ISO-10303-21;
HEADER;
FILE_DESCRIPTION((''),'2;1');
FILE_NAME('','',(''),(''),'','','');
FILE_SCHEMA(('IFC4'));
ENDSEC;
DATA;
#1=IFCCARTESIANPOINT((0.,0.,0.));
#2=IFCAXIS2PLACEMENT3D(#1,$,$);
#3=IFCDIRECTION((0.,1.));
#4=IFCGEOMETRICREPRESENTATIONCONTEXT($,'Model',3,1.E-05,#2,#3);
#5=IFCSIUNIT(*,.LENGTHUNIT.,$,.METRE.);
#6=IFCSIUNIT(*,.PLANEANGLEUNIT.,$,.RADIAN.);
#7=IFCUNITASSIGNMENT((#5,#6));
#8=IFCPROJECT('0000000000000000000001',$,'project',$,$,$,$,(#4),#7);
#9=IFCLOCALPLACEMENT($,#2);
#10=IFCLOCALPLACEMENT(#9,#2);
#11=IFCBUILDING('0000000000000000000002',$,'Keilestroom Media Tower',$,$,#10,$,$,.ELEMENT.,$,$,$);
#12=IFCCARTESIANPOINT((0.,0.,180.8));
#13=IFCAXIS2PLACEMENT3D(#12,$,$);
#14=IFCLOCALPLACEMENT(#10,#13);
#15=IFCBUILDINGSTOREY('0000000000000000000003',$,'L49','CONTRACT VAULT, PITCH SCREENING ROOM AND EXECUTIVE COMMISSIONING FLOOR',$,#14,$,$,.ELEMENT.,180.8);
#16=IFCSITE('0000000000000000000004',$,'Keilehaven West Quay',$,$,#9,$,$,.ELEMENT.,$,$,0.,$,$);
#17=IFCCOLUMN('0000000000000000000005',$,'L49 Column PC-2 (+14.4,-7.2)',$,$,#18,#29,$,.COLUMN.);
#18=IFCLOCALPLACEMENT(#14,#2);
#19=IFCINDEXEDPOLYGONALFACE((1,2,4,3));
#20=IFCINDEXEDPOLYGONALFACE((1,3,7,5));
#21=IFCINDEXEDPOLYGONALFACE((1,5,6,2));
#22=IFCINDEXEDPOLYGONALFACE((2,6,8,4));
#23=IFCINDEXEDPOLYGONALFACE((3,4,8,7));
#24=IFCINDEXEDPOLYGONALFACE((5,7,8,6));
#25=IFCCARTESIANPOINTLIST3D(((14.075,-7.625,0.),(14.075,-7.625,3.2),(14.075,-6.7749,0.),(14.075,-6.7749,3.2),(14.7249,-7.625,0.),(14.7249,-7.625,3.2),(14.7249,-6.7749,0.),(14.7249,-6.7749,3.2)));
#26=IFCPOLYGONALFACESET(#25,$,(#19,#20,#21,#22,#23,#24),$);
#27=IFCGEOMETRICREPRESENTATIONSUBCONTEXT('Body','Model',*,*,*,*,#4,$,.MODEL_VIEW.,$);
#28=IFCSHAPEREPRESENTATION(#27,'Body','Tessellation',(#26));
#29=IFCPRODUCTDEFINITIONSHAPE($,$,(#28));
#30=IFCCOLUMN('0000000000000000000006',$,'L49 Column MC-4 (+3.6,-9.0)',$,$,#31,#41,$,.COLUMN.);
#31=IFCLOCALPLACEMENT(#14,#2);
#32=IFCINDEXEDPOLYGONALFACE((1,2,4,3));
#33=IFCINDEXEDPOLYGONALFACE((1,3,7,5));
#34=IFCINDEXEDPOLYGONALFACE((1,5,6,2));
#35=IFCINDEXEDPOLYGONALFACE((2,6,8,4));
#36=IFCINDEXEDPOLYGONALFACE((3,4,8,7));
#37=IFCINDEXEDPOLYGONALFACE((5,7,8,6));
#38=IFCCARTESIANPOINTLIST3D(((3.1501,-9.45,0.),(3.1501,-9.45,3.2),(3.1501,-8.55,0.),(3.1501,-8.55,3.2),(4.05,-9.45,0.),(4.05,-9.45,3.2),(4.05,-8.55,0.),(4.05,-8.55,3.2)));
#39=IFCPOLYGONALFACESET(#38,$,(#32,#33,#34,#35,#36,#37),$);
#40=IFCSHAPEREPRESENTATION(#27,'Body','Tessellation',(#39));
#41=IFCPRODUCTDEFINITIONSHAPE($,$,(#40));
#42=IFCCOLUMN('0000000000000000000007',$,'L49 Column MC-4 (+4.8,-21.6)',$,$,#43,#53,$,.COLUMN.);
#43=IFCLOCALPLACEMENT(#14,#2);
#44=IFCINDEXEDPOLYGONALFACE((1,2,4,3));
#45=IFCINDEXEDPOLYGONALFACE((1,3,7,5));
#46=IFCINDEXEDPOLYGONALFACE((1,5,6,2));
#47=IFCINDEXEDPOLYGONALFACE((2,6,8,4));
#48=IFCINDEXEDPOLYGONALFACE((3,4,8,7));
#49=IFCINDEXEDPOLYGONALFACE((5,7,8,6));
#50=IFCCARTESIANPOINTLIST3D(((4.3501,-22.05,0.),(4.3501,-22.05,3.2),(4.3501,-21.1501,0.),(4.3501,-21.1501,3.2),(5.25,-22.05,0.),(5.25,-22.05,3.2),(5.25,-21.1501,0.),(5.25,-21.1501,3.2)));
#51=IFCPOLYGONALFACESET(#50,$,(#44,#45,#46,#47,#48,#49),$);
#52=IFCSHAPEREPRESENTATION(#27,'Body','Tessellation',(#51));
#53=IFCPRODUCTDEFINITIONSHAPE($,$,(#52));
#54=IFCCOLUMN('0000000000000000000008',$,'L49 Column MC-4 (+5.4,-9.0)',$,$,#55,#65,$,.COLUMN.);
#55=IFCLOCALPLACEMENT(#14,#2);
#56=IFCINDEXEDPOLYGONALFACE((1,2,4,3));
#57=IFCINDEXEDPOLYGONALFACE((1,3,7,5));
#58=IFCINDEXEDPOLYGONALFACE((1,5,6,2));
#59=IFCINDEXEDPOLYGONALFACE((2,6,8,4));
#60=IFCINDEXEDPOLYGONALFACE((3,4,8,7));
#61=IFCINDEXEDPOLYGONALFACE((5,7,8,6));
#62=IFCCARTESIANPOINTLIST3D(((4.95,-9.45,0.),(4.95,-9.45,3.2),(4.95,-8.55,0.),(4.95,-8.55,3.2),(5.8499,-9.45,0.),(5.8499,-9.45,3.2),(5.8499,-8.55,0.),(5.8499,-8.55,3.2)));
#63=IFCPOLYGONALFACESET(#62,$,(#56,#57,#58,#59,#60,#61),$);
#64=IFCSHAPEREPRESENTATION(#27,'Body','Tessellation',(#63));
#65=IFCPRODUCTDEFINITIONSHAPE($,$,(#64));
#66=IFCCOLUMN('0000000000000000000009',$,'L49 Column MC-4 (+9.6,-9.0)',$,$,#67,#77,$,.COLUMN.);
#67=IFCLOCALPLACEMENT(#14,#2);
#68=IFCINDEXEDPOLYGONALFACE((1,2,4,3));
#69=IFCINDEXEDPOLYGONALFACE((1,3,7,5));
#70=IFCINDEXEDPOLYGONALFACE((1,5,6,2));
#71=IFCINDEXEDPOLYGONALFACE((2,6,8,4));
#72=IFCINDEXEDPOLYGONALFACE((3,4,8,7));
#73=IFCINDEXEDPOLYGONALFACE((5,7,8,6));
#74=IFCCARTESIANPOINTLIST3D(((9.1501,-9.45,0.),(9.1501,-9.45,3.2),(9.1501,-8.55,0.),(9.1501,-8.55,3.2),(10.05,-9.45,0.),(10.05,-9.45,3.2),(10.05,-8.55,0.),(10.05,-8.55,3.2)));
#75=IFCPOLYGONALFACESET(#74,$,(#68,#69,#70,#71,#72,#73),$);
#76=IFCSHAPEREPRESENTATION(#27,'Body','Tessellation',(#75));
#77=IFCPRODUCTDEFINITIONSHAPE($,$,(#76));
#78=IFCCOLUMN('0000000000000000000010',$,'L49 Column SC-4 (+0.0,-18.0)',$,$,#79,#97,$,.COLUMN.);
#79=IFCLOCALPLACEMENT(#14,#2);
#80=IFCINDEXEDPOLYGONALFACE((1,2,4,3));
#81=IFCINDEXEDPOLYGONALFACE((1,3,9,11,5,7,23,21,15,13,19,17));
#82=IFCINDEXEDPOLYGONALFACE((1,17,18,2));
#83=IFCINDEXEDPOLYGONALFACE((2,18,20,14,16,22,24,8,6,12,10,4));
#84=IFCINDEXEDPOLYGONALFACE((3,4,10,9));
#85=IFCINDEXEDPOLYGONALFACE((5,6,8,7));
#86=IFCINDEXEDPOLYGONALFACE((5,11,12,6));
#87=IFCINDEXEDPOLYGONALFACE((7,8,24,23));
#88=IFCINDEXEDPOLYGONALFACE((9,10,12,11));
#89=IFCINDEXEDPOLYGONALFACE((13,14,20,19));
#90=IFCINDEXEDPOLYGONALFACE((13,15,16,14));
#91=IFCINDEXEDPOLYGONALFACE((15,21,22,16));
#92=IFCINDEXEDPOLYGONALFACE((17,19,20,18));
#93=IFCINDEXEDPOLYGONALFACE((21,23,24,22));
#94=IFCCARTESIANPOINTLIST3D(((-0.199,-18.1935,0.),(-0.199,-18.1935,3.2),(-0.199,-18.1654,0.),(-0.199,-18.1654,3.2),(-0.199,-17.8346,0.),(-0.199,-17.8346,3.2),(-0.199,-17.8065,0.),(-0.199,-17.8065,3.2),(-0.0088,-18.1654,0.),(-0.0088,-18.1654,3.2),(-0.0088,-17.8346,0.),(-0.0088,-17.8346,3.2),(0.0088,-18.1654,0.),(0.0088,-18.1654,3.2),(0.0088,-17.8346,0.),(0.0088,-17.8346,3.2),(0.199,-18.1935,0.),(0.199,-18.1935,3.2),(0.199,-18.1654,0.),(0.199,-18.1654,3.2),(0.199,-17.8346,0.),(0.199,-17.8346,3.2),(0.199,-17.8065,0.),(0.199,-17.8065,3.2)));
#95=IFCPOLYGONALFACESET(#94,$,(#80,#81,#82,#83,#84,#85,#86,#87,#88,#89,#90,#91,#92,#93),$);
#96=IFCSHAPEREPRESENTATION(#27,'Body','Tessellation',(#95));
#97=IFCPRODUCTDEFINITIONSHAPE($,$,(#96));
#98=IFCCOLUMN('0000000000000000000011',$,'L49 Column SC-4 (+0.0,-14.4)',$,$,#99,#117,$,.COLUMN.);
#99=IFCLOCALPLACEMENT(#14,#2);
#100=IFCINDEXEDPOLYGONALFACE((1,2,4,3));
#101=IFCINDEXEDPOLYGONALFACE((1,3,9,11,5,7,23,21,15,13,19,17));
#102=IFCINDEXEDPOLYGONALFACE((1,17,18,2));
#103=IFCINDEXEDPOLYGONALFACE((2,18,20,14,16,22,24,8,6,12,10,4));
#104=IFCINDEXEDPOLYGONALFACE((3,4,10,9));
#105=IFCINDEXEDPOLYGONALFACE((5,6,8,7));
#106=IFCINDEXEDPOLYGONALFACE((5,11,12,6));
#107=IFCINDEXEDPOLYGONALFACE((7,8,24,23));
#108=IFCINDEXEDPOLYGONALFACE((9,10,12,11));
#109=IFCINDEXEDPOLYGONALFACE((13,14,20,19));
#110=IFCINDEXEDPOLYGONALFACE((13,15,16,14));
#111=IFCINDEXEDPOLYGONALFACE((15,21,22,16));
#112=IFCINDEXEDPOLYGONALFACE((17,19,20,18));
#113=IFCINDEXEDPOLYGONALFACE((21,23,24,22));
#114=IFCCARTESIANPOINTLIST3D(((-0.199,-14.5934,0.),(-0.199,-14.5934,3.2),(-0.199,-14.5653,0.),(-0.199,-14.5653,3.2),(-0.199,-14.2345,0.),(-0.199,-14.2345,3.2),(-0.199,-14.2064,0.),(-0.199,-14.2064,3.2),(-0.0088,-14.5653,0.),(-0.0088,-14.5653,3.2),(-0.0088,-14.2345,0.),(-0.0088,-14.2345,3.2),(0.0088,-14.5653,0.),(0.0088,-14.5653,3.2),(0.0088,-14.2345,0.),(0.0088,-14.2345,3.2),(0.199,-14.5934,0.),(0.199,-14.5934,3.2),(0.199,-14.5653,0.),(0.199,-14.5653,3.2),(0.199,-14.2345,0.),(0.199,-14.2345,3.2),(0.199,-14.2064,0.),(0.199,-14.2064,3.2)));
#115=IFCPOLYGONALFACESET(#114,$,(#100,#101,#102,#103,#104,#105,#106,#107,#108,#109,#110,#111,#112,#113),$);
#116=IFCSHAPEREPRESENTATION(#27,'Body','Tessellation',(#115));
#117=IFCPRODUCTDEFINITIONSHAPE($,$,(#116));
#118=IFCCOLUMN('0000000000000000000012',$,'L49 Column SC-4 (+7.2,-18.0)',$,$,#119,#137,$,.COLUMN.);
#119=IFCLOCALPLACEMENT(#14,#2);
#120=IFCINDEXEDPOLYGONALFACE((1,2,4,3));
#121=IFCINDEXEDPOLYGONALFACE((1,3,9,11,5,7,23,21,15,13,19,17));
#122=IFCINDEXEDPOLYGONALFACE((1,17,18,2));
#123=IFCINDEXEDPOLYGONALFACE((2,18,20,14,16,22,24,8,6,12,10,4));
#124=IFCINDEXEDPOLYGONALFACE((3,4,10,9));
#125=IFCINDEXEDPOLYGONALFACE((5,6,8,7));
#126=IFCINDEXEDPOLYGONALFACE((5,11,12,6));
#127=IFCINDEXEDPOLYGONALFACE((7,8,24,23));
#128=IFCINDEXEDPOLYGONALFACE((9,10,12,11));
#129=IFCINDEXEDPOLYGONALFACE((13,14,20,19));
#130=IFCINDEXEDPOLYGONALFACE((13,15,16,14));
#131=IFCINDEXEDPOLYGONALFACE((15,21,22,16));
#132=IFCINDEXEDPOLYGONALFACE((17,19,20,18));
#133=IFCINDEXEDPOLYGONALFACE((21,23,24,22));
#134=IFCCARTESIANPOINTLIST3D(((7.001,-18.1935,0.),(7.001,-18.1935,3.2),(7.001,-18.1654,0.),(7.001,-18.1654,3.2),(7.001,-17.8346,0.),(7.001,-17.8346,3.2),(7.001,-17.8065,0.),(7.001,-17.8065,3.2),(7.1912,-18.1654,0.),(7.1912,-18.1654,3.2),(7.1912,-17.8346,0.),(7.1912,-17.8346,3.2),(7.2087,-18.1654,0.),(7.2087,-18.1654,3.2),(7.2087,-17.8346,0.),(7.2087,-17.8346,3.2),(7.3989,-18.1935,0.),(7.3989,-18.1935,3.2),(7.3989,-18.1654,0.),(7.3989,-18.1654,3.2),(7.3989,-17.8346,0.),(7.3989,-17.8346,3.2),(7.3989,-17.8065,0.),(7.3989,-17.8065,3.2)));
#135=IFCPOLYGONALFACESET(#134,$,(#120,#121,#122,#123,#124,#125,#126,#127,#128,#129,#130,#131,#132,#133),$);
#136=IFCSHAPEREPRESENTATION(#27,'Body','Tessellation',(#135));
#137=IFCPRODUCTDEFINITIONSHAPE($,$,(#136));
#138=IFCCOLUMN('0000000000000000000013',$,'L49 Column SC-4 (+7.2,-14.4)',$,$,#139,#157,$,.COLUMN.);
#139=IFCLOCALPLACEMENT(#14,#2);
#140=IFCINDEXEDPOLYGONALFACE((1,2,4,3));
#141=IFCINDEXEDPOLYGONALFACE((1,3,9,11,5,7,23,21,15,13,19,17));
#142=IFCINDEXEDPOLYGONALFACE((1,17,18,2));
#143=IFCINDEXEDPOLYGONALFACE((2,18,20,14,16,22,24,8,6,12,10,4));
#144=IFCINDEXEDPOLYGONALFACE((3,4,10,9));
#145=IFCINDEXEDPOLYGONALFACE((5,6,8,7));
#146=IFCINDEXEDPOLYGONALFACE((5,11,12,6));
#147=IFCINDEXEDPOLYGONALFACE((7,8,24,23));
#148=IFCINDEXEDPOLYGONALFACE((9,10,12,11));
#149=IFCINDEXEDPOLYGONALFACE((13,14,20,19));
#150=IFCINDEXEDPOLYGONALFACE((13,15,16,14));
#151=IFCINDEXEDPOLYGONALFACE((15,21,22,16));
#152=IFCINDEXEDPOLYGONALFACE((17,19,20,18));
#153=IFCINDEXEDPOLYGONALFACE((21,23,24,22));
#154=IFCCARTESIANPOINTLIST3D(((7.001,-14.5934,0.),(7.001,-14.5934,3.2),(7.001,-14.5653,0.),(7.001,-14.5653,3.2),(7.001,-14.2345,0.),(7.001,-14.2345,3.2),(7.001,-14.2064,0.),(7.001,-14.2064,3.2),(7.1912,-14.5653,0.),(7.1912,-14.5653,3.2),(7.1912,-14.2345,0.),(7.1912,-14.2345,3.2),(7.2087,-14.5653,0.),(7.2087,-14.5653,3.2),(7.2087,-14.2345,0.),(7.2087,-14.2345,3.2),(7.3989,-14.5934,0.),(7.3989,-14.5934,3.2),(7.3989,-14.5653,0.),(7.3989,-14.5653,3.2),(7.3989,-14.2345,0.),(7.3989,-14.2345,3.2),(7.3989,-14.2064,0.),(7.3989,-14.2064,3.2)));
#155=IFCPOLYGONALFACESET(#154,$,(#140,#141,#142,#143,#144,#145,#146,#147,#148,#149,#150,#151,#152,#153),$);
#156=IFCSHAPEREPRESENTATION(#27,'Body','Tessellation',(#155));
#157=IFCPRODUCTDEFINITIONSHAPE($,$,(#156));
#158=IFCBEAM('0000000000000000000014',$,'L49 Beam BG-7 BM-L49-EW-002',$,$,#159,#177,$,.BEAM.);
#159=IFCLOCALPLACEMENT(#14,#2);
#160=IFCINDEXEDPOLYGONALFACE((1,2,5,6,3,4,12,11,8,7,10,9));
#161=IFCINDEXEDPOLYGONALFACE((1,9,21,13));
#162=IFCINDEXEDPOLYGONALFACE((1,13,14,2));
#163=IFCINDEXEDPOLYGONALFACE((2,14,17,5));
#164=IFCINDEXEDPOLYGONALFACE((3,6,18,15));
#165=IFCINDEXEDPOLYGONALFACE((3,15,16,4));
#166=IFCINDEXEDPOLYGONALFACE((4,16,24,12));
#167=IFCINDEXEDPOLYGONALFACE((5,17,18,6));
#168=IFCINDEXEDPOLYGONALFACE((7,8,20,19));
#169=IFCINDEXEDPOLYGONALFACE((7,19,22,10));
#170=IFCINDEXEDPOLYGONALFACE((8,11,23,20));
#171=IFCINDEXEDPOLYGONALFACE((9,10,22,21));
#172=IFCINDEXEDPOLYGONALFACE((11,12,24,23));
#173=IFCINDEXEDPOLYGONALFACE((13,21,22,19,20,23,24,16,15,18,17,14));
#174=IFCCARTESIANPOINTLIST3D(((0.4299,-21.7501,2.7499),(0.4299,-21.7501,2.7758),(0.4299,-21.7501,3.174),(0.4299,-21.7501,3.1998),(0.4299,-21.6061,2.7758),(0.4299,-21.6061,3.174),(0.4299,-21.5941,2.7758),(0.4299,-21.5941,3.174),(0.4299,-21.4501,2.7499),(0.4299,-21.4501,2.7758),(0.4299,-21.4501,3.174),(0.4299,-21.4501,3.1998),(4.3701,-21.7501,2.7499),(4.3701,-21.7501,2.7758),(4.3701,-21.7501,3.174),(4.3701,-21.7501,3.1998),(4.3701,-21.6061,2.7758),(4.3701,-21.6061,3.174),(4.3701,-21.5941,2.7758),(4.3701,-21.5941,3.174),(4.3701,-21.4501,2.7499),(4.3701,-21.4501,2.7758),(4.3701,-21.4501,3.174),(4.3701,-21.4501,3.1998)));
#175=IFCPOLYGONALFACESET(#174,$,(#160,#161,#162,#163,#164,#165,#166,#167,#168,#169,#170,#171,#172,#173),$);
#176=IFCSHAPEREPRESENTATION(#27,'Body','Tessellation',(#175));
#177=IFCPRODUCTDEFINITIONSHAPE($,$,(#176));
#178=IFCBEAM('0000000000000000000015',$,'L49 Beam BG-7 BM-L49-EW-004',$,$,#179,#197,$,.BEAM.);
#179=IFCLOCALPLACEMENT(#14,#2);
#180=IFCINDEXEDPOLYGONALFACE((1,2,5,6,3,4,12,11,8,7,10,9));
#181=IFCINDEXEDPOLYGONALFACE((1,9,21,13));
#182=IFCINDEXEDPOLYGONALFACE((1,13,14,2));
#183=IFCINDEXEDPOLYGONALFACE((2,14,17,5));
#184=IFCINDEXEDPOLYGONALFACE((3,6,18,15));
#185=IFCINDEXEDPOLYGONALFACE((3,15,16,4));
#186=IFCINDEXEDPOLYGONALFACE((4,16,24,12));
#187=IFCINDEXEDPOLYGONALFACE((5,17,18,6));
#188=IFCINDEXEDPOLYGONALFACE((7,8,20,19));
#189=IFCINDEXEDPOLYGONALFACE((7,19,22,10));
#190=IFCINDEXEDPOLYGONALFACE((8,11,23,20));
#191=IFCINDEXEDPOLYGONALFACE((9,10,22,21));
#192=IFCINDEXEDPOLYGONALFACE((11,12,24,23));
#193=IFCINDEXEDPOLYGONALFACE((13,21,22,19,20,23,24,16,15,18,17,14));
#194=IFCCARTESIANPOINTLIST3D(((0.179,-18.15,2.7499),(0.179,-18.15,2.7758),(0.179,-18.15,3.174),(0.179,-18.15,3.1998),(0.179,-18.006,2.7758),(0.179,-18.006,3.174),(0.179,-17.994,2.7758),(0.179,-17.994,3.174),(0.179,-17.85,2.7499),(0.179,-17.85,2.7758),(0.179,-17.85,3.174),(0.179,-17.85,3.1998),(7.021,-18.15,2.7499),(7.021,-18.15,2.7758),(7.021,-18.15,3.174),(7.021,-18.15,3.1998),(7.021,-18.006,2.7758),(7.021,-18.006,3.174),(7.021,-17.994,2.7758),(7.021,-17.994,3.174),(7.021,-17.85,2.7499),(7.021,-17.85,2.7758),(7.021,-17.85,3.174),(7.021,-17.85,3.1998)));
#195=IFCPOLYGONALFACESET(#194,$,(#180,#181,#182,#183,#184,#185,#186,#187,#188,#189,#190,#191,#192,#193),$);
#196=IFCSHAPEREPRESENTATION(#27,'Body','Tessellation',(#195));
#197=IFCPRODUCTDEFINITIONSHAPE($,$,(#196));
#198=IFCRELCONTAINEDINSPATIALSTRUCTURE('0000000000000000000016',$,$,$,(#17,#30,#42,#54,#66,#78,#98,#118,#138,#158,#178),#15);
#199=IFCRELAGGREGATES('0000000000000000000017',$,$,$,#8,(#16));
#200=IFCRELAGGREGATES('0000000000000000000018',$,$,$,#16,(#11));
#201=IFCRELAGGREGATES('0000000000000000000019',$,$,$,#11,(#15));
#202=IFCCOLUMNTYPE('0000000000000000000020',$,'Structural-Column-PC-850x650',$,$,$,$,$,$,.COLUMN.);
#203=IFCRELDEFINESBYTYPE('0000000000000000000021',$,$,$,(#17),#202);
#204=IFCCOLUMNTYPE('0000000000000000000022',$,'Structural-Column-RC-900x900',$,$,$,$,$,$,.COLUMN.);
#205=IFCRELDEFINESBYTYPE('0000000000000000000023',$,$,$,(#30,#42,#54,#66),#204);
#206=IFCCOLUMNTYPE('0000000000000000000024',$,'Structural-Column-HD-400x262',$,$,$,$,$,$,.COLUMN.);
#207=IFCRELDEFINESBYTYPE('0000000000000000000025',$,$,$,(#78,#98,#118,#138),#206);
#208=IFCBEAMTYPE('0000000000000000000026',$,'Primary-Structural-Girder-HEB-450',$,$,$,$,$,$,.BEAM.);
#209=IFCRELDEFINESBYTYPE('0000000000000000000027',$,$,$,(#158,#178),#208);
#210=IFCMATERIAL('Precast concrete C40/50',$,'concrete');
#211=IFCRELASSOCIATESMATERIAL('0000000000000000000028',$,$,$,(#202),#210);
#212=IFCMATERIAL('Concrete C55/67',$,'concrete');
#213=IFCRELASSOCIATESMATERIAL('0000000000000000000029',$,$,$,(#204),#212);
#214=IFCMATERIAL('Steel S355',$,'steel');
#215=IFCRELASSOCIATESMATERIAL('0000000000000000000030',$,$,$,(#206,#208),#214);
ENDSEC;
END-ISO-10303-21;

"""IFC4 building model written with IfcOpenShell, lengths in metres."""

from ifc_helpers import new_model, si_unit, direction, frame, origin, origin_2d, place, context, subcontext, project, spatial, rectangle, i_section, extrude, source, transform, mapped, material, material_profile, profile_set, type_object, element, save


model = new_model("IFC4")

# Units and contexts
model_context = context("Model", 3, precision=1e-05, world=origin(), true_north=direction((0.0, 1.0)))
body_context = subcontext(model_context, "Body", "Model", "MODEL_VIEW")
ifc_project = project(units=[si_unit("LENGTHUNIT", "METRE"), si_unit("PLANEANGLEUNIT", "RADIAN")], contexts=[model_context])

# Site, building, storey
site_placement = place(None, origin())
site = spatial("IfcSite", under=ifc_project, at=site_placement, Name="Keilehaven West Quay", CompositionType="ELEMENT", RefElevation=0.0)
building_placement = place(site_placement, origin())
building = spatial("IfcBuilding", under=site, at=building_placement, Name="Keilestroom Media Tower", CompositionType="ELEMENT")
storey_placement = place(building_placement, frame((0.0, 0.0, 180.8)))
storey = spatial("IfcBuildingStorey", under=building, at=storey_placement, Name="L49", Description="CONTRACT VAULT, PITCH SCREENING ROOM AND EXECUTIVE COMMISSIONING FLOOR", CompositionType="ELEMENT", Elevation=180.8)

# Columns
ifc_material_1 = material(Name="Precast concrete C40/50", Category="concrete")
ifc_material_profile_1 = material_profile(ifc_material_1, rectangle(XDim=0.6499, YDim=0.8501, at=origin_2d()), Name="PC 850x650")
ifc_profile_set_1 = profile_set([ifc_material_profile_1], Name="Precast concrete C40/50")
column_type_1 = type_object("IfcColumnType", Name="Structural-Column-PC-850x650", PredefinedType="COLUMN", material=ifc_profile_set_1)
shared_shape_1 = source(origin(), body_context, "Body", "SweptSolid", [
    extrude(rectangle(XDim=0.6499, YDim=0.8501, at=origin_2d()), origin(), (0.0, 0.0, 1.0), 3.2),
])
column_placement = place(storey_placement, frame((14.3999, -7.2, 0.0), z_axis=(0.0, 0.0, 1.0), x_axis=(1.0, 0.0, 0.0)))
element("IfcColumn", 1, at=column_placement, inside=storey, type_object=column_type_1, Name="L49 Column PC-2 (+14.4,-7.2)", PredefinedType="COLUMN", context=body_context, shape_type="MappedRepresentation", body=[
    mapped(shared_shape_1, transform((0.0, 0.0, 0.0), x_axis=(1.0, 0.0, 0.0), y_axis=(0.0, 1.0, 0.0), z_axis=(0.0, 0.0, 1.0), scale=1.0)),
])
ifc_material_2 = material(Name="Concrete C55/67", Category="concrete")
ifc_material_profile_2 = material_profile(ifc_material_2, rectangle(XDim=0.8999, YDim=0.8999, at=origin_2d()), Name="RC 900x900")
ifc_profile_set_2 = profile_set([ifc_material_profile_2], Name="Concrete C55/67")
column_type_2 = type_object("IfcColumnType", Name="Structural-Column-RC-900x900", PredefinedType="COLUMN", material=ifc_profile_set_2)
shared_shape_2 = source(origin(), body_context, "Body", "SweptSolid", [
    extrude(rectangle(XDim=0.8999, YDim=0.8999, at=origin_2d()), origin(), (0.0, 0.0, 1.0), 3.2),
])
for number, where, z_axis, x_axis, name in (
    (2, (3.6001, -9.0, 0.0), (0.0, 0.0, 1.0), (1.0, 0.0, 0.0), "L49 Column MC-4 (+3.6,-9.0)"),
    (3, (4.8, -21.6001, 0.0), (0.0, 0.0, 1.0), (1.0, 0.0, 0.0), "L49 Column MC-4 (+4.8,-21.6)"),
    (4, (5.3999, -9.0, 0.0), (0.0, 0.0, 1.0), (1.0, 0.0, 0.0), "L49 Column MC-4 (+5.4,-9.0)"),
    (5, (9.6001, -9.0, 0.0), (0.0, 0.0, 1.0), (1.0, 0.0, 0.0), "L49 Column MC-4 (+9.6,-9.0)"),
):
    element("IfcColumn", number, at=place(storey_placement, frame(where, z_axis=z_axis, x_axis=x_axis)), inside=storey, type_object=column_type_2, Name=name, PredefinedType="COLUMN", context=body_context, shape_type="MappedRepresentation", body=[
        mapped(shared_shape_2, transform((0.0, 0.0, 0.0), x_axis=(1.0, 0.0, 0.0), y_axis=(0.0, 1.0, 0.0), z_axis=(0.0, 0.0, 1.0), scale=1.0)),
    ])
ifc_material_3 = material(Name="Steel S355", Category="steel")
ifc_material_profile_3 = material_profile(ifc_material_3, i_section(OverallWidth=0.3979, OverallDepth=0.387, WebThickness=0.0176, FlangeThickness=0.0281, at=origin_2d()), Name="HD 400x262")
ifc_profile_set_3 = profile_set([ifc_material_profile_3], Name="Steel S355")
column_type_3 = type_object("IfcColumnType", Name="Structural-Column-HD-400x262", PredefinedType="COLUMN", material=ifc_profile_set_3)
shared_shape_3 = source(origin(), body_context, "Body", "SweptSolid", [
    extrude(i_section(OverallWidth=0.3979, OverallDepth=0.387, WebThickness=0.0176, FlangeThickness=0.0281, at=origin_2d()), origin(), (0.0, 0.0, 1.0), 3.2),
])
for number, where, z_axis, x_axis, name in (
    (6, (0.0, -18.0, 0.0), (0.0, 0.0, 1.0), (1.0, 0.0, 0.0), "L49 Column SC-4 (+0.0,-18.0)"),
    (7, (0.0, -14.3999, 0.0), (0.0, 0.0, 1.0), (1.0, 0.0, 0.0), "L49 Column SC-4 (+0.0,-14.4)"),
    (8, (7.2, -18.0, 0.0), (0.0, 0.0, 1.0), (1.0, 0.0, 0.0), "L49 Column SC-4 (+7.2,-18.0)"),
    (9, (7.2, -14.3999, 0.0), (0.0, 0.0, 1.0), (1.0, 0.0, 0.0), "L49 Column SC-4 (+7.2,-14.4)"),
):
    element("IfcColumn", number, at=place(storey_placement, frame(where, z_axis=z_axis, x_axis=x_axis)), inside=storey, type_object=column_type_3, Name=name, PredefinedType="COLUMN", context=body_context, shape_type="MappedRepresentation", body=[
        mapped(shared_shape_3, transform((0.0, 0.0, 0.0), x_axis=(1.0, 0.0, 0.0), y_axis=(0.0, 1.0, 0.0), z_axis=(0.0, 0.0, 1.0), scale=1.0)),
    ])

# Beams
ifc_material_profile_4 = material_profile(ifc_material_3, i_section(OverallWidth=0.3, OverallDepth=0.45, WebThickness=0.012, FlangeThickness=0.0259, at=origin_2d()), Name="HEB 450")
ifc_profile_set_4 = profile_set([ifc_material_profile_4], Name="Steel S355")
beam_type_1 = type_object("IfcBeamType", Name="Primary-Structural-Girder-HEB-450", PredefinedType="BEAM", material=ifc_profile_set_4)
shared_shape_4 = source(origin(), body_context, "Body", "SweptSolid", [
    extrude(i_section(OverallWidth=0.3, OverallDepth=0.45, WebThickness=0.012, FlangeThickness=0.0259, at=origin_2d()), origin(), (0.0, 0.0, 1.0), 3.9402),
])
beam_1_placement = place(storey_placement, frame((0.4299, -21.6001, 2.9749), z_axis=(1.0, 0.0, 0.0), x_axis=(0.0, 1.0, 0.0)))
element("IfcBeam", 10, at=beam_1_placement, inside=storey, type_object=beam_type_1, Name="L49 Beam BG-7 BM-L49-EW-002", PredefinedType="BEAM", context=body_context, shape_type="MappedRepresentation", body=[
    mapped(shared_shape_4, transform((0.0, 0.0, 0.0), x_axis=(1.0, 0.0, 0.0), y_axis=(0.0, 1.0, 0.0), z_axis=(0.0, 0.0, 1.0), scale=1.0)),
])
shared_shape_5 = source(origin(), body_context, "Body", "SweptSolid", [
    extrude(i_section(OverallWidth=0.3, OverallDepth=0.45, WebThickness=0.012, FlangeThickness=0.0259, at=origin_2d()), origin(), (0.0, 0.0, 1.0), 6.842),
])
for number, where, z_axis, x_axis, name in (
    (11, (0.179, -18.0, 2.9749), (1.0, 0.0, 0.0), (0.0, 1.0, 0.0), "L49 Beam BG-7 BM-L49-EW-004"),
):
    element("IfcBeam", number, at=place(storey_placement, frame(where, z_axis=z_axis, x_axis=x_axis)), inside=storey, type_object=beam_type_1, Name=name, PredefinedType="BEAM", context=body_context, shape_type="MappedRepresentation", body=[
        mapped(shared_shape_5, transform((0.0, 0.0, 0.0), x_axis=(1.0, 0.0, 0.0), y_axis=(0.0, 1.0, 0.0), z_axis=(0.0, 0.0, 1.0), scale=1.0)),
    ])

save(model, "model.ifc")
